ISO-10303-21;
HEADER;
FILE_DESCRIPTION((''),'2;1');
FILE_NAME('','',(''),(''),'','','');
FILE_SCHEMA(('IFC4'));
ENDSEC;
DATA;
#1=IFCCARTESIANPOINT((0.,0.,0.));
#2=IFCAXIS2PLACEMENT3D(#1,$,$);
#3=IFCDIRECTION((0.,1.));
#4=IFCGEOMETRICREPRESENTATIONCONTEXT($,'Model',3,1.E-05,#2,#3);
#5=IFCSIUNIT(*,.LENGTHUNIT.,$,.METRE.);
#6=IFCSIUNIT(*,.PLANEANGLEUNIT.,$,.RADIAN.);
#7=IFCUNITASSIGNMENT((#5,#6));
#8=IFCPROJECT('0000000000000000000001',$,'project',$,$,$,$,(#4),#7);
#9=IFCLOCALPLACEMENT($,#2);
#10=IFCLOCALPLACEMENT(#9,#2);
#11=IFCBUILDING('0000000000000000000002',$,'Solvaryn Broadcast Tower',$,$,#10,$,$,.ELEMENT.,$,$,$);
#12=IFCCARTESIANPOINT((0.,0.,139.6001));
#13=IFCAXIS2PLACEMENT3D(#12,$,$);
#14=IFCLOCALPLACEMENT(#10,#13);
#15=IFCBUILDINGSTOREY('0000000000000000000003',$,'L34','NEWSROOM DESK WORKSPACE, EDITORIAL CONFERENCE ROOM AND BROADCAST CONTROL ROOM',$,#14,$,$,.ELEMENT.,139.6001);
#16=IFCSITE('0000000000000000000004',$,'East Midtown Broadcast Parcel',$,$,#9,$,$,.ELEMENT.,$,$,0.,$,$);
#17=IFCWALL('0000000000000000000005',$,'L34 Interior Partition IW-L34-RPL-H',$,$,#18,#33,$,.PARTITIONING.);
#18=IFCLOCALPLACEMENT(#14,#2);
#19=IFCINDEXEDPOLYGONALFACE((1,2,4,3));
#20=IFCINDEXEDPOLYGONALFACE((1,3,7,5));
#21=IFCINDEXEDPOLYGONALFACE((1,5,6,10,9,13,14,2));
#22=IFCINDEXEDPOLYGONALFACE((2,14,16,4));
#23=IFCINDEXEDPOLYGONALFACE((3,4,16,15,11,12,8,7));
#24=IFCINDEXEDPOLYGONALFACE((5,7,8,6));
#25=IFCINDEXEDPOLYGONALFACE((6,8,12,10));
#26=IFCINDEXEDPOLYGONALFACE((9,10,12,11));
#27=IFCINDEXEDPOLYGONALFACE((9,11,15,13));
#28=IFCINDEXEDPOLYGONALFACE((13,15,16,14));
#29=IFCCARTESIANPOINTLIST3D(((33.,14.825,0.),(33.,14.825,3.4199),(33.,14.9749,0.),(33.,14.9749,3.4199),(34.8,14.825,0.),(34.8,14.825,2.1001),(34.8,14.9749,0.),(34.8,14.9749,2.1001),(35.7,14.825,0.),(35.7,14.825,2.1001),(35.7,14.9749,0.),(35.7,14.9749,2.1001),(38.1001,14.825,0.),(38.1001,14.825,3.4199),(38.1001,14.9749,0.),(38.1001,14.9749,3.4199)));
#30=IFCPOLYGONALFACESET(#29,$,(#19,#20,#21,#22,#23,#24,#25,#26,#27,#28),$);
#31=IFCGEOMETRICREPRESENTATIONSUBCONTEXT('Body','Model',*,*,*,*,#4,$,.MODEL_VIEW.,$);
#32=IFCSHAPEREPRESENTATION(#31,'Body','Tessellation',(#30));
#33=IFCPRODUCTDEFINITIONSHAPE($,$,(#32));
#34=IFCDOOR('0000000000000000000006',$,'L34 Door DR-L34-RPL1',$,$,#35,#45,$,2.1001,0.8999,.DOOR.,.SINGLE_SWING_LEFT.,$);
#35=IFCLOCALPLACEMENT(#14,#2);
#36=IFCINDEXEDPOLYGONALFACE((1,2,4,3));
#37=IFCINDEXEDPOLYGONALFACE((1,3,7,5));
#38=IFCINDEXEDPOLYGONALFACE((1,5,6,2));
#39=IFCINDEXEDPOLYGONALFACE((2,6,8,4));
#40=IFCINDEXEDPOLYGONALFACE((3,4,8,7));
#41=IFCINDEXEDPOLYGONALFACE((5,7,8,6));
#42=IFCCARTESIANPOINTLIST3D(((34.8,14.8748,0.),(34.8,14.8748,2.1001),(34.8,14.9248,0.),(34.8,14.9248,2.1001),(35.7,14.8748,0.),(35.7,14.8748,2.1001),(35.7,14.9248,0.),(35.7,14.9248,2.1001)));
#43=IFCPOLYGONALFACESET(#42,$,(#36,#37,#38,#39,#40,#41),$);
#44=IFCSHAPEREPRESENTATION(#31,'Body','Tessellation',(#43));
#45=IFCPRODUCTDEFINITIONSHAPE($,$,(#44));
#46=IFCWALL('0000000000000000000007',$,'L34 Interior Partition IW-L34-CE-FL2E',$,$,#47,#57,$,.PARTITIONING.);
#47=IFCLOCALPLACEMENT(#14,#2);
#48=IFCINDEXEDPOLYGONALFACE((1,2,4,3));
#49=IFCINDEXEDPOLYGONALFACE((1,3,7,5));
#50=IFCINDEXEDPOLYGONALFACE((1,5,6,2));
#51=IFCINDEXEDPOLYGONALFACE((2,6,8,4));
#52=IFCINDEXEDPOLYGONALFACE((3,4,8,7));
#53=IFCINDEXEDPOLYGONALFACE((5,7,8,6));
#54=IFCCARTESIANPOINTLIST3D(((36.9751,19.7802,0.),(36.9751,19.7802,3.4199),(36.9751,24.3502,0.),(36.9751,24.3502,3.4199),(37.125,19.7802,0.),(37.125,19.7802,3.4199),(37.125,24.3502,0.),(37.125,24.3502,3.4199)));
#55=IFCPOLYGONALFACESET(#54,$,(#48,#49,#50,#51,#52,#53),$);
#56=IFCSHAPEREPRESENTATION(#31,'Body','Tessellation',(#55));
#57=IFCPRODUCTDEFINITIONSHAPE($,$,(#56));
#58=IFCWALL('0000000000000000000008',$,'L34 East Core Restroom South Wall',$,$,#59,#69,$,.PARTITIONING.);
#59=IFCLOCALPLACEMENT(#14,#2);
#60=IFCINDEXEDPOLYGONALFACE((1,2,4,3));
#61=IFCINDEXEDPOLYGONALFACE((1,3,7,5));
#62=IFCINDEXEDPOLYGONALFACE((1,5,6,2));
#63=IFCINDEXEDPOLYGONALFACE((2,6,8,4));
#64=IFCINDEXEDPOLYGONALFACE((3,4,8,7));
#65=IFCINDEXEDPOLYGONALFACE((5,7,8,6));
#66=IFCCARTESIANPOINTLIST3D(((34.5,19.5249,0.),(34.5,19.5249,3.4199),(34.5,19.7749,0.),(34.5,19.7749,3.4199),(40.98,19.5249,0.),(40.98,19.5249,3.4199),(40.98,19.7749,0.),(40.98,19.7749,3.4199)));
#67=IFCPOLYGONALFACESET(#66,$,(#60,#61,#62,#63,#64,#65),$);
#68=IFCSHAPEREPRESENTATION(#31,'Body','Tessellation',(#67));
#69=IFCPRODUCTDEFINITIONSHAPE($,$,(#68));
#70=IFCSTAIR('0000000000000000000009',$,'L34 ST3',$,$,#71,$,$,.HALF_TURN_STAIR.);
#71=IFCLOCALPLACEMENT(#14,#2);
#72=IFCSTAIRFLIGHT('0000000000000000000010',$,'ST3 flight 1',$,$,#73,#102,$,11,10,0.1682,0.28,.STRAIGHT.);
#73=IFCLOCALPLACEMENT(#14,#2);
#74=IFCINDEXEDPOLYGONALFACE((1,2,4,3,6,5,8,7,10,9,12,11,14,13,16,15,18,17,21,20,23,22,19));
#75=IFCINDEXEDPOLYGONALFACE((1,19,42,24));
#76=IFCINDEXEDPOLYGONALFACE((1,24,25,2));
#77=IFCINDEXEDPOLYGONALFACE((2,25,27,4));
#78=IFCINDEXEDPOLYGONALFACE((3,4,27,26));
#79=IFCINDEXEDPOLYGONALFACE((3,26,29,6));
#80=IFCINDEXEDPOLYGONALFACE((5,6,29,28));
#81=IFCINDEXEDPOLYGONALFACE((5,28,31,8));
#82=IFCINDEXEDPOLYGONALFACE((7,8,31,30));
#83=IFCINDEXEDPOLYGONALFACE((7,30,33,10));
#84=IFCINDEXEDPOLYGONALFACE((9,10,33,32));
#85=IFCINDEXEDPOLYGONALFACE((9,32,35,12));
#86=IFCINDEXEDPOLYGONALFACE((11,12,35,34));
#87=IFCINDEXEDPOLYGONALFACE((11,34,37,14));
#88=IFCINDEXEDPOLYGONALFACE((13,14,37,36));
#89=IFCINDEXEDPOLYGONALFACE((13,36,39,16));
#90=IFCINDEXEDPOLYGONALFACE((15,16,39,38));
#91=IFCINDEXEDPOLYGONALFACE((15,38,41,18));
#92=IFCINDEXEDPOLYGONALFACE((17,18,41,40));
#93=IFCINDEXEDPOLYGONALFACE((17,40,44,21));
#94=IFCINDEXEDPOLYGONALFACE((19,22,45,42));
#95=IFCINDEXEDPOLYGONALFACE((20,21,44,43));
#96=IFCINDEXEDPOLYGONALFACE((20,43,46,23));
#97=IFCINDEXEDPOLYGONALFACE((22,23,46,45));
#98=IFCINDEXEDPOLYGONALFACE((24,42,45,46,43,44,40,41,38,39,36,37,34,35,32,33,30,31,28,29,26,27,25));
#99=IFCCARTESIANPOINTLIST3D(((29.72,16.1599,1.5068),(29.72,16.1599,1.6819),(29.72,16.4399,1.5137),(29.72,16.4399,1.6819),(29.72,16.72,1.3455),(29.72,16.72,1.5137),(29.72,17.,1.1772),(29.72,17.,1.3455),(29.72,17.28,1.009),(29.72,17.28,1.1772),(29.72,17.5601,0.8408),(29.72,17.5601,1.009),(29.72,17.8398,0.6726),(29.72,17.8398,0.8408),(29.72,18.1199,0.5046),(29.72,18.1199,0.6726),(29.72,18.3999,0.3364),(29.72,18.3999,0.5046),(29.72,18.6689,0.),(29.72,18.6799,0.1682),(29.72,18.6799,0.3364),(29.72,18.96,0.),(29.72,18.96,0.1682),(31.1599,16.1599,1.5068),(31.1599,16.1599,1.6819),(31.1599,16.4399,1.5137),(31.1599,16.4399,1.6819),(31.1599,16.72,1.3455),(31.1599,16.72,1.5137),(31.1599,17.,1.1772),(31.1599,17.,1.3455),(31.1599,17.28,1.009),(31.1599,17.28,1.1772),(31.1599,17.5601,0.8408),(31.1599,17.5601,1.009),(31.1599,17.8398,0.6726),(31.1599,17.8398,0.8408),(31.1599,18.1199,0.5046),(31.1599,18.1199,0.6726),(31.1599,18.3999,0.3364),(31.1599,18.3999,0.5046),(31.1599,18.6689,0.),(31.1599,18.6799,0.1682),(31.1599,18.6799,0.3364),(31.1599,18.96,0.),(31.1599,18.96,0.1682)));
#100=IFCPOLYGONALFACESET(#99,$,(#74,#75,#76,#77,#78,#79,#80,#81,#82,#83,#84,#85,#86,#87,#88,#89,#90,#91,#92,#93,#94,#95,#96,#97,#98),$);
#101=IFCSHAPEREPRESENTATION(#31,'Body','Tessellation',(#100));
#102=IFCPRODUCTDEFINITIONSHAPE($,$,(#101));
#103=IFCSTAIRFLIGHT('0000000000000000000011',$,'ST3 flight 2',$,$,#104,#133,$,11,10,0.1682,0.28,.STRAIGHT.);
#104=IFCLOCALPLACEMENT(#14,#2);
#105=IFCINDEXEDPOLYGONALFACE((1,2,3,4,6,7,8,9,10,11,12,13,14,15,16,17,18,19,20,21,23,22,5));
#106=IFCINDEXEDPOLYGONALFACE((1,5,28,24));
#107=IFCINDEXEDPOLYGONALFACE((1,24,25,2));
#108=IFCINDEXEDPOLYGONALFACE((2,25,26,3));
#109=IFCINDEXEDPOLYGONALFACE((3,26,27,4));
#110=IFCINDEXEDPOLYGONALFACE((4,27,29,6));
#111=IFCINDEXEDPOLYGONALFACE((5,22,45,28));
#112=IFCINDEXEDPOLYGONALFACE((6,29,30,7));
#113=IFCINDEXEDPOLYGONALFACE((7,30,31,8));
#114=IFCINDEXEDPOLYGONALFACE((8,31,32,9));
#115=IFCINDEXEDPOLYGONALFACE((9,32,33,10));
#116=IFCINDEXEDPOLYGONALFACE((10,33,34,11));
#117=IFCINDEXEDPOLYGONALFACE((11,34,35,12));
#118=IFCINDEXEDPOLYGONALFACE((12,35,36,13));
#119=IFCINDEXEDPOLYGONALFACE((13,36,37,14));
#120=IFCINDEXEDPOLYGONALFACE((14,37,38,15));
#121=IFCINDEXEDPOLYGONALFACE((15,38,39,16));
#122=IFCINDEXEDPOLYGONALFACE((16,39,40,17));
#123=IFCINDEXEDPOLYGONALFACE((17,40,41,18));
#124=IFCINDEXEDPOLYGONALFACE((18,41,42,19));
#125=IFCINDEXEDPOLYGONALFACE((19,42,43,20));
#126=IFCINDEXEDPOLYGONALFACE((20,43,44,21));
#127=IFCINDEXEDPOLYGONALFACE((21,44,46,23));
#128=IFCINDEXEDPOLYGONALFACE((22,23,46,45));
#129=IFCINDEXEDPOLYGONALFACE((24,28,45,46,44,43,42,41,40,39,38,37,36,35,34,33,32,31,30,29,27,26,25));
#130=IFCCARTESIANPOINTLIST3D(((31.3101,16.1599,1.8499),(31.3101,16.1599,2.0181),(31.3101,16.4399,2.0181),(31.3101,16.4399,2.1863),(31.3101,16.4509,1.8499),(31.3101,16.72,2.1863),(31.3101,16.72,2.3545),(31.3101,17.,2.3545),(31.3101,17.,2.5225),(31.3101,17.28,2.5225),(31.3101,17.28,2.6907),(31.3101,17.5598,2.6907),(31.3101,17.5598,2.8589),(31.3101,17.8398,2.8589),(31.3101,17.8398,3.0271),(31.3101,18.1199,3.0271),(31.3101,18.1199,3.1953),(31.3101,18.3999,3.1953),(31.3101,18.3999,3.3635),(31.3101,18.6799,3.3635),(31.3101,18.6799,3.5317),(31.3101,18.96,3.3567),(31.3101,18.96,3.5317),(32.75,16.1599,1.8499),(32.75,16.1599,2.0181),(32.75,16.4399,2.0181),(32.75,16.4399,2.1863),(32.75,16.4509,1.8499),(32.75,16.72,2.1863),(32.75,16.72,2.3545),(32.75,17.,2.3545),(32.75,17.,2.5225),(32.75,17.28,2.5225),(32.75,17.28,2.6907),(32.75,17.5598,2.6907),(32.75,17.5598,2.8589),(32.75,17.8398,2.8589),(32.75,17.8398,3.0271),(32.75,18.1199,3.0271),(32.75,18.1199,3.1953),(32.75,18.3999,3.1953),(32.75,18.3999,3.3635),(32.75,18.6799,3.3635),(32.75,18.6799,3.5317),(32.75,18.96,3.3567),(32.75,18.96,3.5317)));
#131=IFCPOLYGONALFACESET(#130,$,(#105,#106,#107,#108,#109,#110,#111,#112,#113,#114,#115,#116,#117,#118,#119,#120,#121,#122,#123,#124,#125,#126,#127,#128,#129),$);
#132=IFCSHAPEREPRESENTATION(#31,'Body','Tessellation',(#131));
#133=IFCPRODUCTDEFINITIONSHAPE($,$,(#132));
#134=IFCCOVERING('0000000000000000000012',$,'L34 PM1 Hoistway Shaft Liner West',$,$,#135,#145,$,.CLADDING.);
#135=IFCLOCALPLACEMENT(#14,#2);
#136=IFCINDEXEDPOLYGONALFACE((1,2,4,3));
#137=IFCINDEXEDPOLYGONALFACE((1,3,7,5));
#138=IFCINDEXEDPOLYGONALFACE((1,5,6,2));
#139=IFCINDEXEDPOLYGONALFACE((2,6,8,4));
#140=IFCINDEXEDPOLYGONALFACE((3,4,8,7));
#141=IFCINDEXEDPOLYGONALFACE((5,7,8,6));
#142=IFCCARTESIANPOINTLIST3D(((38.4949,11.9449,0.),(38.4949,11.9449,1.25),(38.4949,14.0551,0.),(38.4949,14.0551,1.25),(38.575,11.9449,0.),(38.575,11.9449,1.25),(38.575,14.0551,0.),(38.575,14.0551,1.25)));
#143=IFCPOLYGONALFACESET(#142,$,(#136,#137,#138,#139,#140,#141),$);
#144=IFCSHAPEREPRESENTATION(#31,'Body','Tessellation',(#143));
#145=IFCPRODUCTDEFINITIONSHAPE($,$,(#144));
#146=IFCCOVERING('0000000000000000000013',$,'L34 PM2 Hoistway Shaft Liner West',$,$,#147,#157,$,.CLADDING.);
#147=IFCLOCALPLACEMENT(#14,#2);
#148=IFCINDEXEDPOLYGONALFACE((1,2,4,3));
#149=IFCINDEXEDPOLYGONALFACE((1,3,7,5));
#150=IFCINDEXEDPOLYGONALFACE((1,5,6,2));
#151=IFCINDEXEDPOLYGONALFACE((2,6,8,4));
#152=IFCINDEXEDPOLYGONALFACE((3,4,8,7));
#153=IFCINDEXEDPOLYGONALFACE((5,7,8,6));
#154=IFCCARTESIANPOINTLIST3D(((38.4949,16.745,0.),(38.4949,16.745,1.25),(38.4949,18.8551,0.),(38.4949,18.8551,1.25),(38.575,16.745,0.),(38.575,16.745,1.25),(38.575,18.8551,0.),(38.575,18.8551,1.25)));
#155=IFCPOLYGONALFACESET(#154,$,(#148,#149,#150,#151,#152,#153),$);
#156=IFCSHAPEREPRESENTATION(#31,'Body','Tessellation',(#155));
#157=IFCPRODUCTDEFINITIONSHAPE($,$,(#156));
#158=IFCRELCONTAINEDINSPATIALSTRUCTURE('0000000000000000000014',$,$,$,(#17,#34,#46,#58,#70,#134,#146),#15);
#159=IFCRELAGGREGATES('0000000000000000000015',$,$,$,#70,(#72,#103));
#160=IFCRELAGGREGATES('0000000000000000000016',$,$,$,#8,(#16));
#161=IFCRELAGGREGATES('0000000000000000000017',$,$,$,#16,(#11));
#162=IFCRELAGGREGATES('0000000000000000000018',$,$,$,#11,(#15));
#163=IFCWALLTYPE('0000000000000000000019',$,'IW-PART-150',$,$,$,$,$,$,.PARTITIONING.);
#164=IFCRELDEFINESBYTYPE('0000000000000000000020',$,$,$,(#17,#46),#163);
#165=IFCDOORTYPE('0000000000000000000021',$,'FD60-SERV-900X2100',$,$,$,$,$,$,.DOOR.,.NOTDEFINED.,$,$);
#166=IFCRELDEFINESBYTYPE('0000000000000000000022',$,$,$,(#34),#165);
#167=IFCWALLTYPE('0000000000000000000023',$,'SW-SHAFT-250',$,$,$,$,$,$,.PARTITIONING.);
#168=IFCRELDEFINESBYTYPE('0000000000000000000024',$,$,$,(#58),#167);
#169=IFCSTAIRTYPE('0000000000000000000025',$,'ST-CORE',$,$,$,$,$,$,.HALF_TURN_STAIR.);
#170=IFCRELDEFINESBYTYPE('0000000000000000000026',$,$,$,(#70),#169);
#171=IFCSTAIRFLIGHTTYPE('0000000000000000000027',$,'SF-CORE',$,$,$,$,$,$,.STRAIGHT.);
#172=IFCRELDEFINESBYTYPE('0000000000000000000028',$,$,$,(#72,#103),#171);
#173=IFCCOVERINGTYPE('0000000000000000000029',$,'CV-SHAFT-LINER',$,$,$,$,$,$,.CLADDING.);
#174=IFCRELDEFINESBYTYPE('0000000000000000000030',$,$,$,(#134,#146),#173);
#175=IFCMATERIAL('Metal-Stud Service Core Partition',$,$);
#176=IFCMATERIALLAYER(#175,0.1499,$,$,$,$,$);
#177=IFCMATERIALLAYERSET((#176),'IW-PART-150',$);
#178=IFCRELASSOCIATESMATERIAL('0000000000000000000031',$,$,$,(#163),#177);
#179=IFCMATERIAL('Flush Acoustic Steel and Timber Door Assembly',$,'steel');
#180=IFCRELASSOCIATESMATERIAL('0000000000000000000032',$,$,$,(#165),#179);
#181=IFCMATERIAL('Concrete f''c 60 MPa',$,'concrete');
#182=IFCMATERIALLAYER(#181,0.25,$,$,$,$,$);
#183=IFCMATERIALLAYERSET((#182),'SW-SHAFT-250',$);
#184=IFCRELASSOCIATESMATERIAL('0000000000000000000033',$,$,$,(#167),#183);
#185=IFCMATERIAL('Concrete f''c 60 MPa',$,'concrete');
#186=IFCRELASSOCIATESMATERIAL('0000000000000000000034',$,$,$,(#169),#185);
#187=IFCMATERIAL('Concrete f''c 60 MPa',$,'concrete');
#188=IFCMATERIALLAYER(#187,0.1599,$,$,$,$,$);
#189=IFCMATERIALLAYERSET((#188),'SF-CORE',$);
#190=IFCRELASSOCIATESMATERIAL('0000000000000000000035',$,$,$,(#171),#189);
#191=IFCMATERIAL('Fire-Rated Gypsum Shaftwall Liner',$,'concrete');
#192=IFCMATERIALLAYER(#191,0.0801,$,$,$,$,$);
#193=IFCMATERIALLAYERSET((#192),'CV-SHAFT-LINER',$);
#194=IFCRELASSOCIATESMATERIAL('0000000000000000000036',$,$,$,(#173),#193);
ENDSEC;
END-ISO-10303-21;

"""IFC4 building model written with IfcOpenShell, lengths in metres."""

from ifc_helpers import new_model, si_unit, direction, frame, frame_2d, origin, origin_2d, place, context, subcontext, project, spatial, polyline, rectangle, outline, extrude, material, layer, layer_set, type_object, element, fill, aggregate, save


model = new_model("IFC4")

# Units and contexts
model_context = context("Model", 3, precision=1e-05, world=origin(), true_north=direction((0.0, 1.0)))
body_context = subcontext(model_context, "Body", "Model", "MODEL_VIEW")
ifc_project = project(units=[si_unit("LENGTHUNIT", "METRE"), si_unit("PLANEANGLEUNIT", "RADIAN")], contexts=[model_context])

# Site, building, storey
site_placement = place(None, origin())
site = spatial("IfcSite", under=ifc_project, at=site_placement, Name="East Midtown Broadcast Parcel", CompositionType="ELEMENT", RefElevation=0.0)
building_placement = place(site_placement, origin())
building = spatial("IfcBuilding", under=site, at=building_placement, Name="Solvaryn Broadcast Tower", CompositionType="ELEMENT")
storey_placement = place(building_placement, frame((0.0, 0.0, 139.6001)))
storey = spatial("IfcBuildingStorey", under=building, at=storey_placement, Name="L34", Description="NEWSROOM DESK WORKSPACE, EDITORIAL CONFERENCE ROOM AND BROADCAST CONTROL ROOM", CompositionType="ELEMENT", Elevation=139.6001)

# Wall, opening, door
ifc_material_1 = material(Name="Metal-Stud Service Core Partition")
ifc_layer_1 = layer(ifc_material_1, 0.1499)
ifc_layer_set_1 = layer_set([ifc_layer_1], Name="IW-PART-150")
wall_type_1 = type_object("IfcWallType", Name="IW-PART-150", PredefinedType="PARTITIONING", material=ifc_layer_set_1)
wall_1_placement = place(storey_placement, frame((33.0, 14.8999, 0.0), z_axis=(0.0, 0.0, 1.0), x_axis=(1.0, 0.0, 0.0)))
wall_1 = element("IfcWall", 1, at=wall_1_placement, inside=storey, type_object=wall_type_1, Name="L34 Interior Partition IW-L34-RPL-H", PredefinedType="PARTITIONING", context=body_context, shape_type="SweptSolid", body=[
    extrude(rectangle(XDim=5.1001, YDim=0.1499, at=frame_2d((2.55, 0.0))), origin(), (0.0, 0.0, 1.0), 3.4199),
])
opening_1_placement = place(wall_1_placement, frame((1.8, 0.0, 0.0)))
opening_1 = element("IfcOpeningElement", 2, at=opening_1_placement, cuts=wall_1, PredefinedType="OPENING", context=body_context, shape_type="SweptSolid", body=[
    extrude(rectangle(XDim=0.8999, YDim=2.1001, at=frame_2d((0.45, 1.05))), frame((0.0, 0.085, 0.0), z_axis=(0.0, -1.0, 0.0), x_axis=(1.0, 0.0, 0.0)), (0.0, 0.0, 1.0), 0.1699),
])
ifc_material_2 = material(Name="Flush Acoustic Steel and Timber Door Assembly", Category="steel")
door_type_1 = type_object("IfcDoorType", Name="FD60-SERV-900X2100", OperationType="NOTDEFINED", PredefinedType="DOOR", material=ifc_material_2)
door_1_placement = place(opening_1_placement, origin())
door_1 = element("IfcDoor", 3, at=door_1_placement, inside=storey, type_object=door_type_1, Name="L34 Door DR-L34-RPL1", OperationType="SINGLE_SWING_LEFT", OverallHeight=2.1001, OverallWidth=0.8999, PredefinedType="DOOR", context=body_context, shape_type="SweptSolid", body=[
    extrude(rectangle(XDim=0.8999, YDim=2.1001, at=frame_2d((0.45, 1.05))), frame((0.0, 0.0249, 0.0), z_axis=(0.0, -1.0, 0.0), x_axis=(1.0, 0.0, 0.0)), (0.0, 0.0, 1.0), 0.05),
])
fill(opening_1, door_1)

# Walls
wall_2_placement = place(storey_placement, frame((37.05, 19.78, 0.0), z_axis=(0.0, 0.0, 1.0), x_axis=(0.0, 1.0, 0.0)))
element("IfcWall", 4, at=wall_2_placement, inside=storey, type_object=wall_type_1, Name="L34 Interior Partition IW-L34-CE-FL2E", PredefinedType="PARTITIONING", context=body_context, shape_type="SweptSolid", body=[
    extrude(rectangle(XDim=4.5701, YDim=0.1499, at=frame_2d((2.2852, 0.0))), origin(), (0.0, 0.0, 1.0), 3.4199),
])
ifc_material_3 = material(Name="Concrete f'c 60 MPa", Category="concrete")
ifc_layer_2 = layer(ifc_material_3, 0.25)
ifc_layer_set_2 = layer_set([ifc_layer_2], Name="SW-SHAFT-250")
wall_type_2 = type_object("IfcWallType", Name="SW-SHAFT-250", PredefinedType="PARTITIONING", material=ifc_layer_set_2)
wall_3_placement = place(storey_placement, frame((34.5, 19.6499, 0.0), z_axis=(0.0, 0.0, 1.0), x_axis=(1.0, 0.0, 0.0)))
element("IfcWall", 5, at=wall_3_placement, inside=storey, type_object=wall_type_2, Name="L34 East Core Restroom South Wall", PredefinedType="PARTITIONING", context=body_context, shape_type="SweptSolid", body=[
    extrude(rectangle(XDim=6.48, YDim=0.25, at=frame_2d((3.24, 0.0))), origin(), (0.0, 0.0, 1.0), 3.4199),
])

# Stair, stair flights
ifc_material_4 = material(Name="Concrete f'c 60 MPa", Category="concrete")
stair_type = type_object("IfcStairType", Name="ST-CORE", PredefinedType="HALF_TURN_STAIR", material=ifc_material_4)
stair_placement = place(storey_placement, origin())
stair = element("IfcStair", 6, at=stair_placement, inside=storey, type_object=stair_type, Name="L34 ST3", PredefinedType="HALF_TURN_STAIR")
ifc_material_5 = material(Name="Concrete f'c 60 MPa", Category="concrete")
ifc_layer_3 = layer(ifc_material_5, 0.1599)
ifc_layer_set_3 = layer_set([ifc_layer_3], Name="SF-CORE")
stair_flight_type = type_object("IfcStairFlightType", Name="SF-CORE", PredefinedType="STRAIGHT", material=ifc_layer_set_3)
stair_flight_1_placement = place(storey_placement, frame((30.4399, 18.96, 0.0), z_axis=(0.0, 0.0, 1.0), x_axis=(0.0, -1.0, 0.0)))
stair_flight_1 = element("IfcStairFlight", 7, at=stair_flight_1_placement, type_object=stair_flight_type, Name="ST3 flight 1", NumberOfRisers=11, NumberOfTreads=10, PredefinedType="STRAIGHT", RiserHeight=0.1682, TreadLength=0.28, context=body_context, shape_type="SweptSolid", body=[
    extrude(outline(polyline([(0.0, 0.0), (0.0, 0.1682), (0.28, 0.1682), (0.28, 0.3364), (0.5601, 0.3364), (0.5601, 0.5046), (0.8401, 0.5046), (0.8401, 0.6726), (1.1201, 0.6726), (1.1201, 0.8408), (1.3999, 0.8408), (1.3999, 1.009), (1.6799, 1.009), (1.6799, 1.1772), (1.96, 1.1772), (1.96, 1.3455), (2.24, 1.3455), (2.24, 1.5137), (2.52, 1.5137), (2.52, 1.6819), (2.8, 1.6819), (2.8, 1.8501), (2.8, 1.5068), (0.291, 0.0), (0.0, 0.0)])), frame((0.0, 0.72, 0.0), z_axis=(0.0, -1.0, 0.0), x_axis=(1.0, 0.0, 0.0)), (0.0, 0.0, 1.0), 1.4399),
])
stair_flight_2_placement = place(storey_placement, frame((32.03, 16.1599, 1.8499), z_axis=(0.0, 0.0, 1.0), x_axis=(0.0, 1.0, 0.0)))
stair_flight_2 = element("IfcStairFlight", 8, at=stair_flight_2_placement, type_object=stair_flight_type, Name="ST3 flight 2", NumberOfRisers=11, NumberOfTreads=10, PredefinedType="STRAIGHT", RiserHeight=0.1682, TreadLength=0.28, context=body_context, shape_type="SweptSolid", body=[
    extrude(outline(polyline([(0.0, 0.0), (0.0, 0.1682), (0.28, 0.1682), (0.28, 0.3364), (0.5601, 0.3364), (0.5601, 0.5046), (0.8401, 0.5046), (0.8401, 0.6726), (1.1201, 0.6726), (1.1201, 0.8408), (1.3999, 0.8408), (1.3999, 1.009), (1.6799, 1.009), (1.6799, 1.1772), (1.96, 1.1772), (1.96, 1.3455), (2.24, 1.3455), (2.24, 1.5137), (2.52, 1.5137), (2.52, 1.6819), (2.8, 1.6819), (2.8, 1.8501), (2.8, 1.5068), (0.291, 0.0), (0.0, 0.0)])), frame((0.0, 0.72, 0.0), z_axis=(0.0, -1.0, 0.0), x_axis=(1.0, 0.0, 0.0)), (0.0, 0.0, 1.0), 1.4399),
])
aggregate(stair, [stair_flight_1, stair_flight_2])

# Coverings
ifc_material_6 = material(Name="Fire-Rated Gypsum Shaftwall Liner", Category="concrete")
ifc_layer_4 = layer(ifc_material_6, 0.0801)
ifc_layer_set_4 = layer_set([ifc_layer_4], Name="CV-SHAFT-LINER")
covering_type = type_object("IfcCoveringType", Name="CV-SHAFT-LINER", PredefinedType="CLADDING", material=ifc_layer_set_4)
for number, where, z_axis, x_axis, name in (
    (9, (38.5349, 13.0, 0.0), (0.0, 0.0, 1.0), (1.0, 0.0, 0.0), "L34 PM1 Hoistway Shaft Liner West"),
    (10, (38.5349, 17.8, 0.0), (0.0, 0.0, 1.0), (1.0, 0.0, 0.0), "L34 PM2 Hoistway Shaft Liner West"),
):
    element("IfcCovering", number, at=place(storey_placement, frame(where, z_axis=z_axis, x_axis=x_axis)), inside=storey, type_object=covering_type, Name=name, PredefinedType="CLADDING", context=body_context, shape_type="SweptSolid", body=[
        extrude(rectangle(XDim=0.0801, YDim=2.1101, at=origin_2d()), origin(), (0.0, 0.0, 1.0), 1.25),
    ])

save(model, "model.ifc")
